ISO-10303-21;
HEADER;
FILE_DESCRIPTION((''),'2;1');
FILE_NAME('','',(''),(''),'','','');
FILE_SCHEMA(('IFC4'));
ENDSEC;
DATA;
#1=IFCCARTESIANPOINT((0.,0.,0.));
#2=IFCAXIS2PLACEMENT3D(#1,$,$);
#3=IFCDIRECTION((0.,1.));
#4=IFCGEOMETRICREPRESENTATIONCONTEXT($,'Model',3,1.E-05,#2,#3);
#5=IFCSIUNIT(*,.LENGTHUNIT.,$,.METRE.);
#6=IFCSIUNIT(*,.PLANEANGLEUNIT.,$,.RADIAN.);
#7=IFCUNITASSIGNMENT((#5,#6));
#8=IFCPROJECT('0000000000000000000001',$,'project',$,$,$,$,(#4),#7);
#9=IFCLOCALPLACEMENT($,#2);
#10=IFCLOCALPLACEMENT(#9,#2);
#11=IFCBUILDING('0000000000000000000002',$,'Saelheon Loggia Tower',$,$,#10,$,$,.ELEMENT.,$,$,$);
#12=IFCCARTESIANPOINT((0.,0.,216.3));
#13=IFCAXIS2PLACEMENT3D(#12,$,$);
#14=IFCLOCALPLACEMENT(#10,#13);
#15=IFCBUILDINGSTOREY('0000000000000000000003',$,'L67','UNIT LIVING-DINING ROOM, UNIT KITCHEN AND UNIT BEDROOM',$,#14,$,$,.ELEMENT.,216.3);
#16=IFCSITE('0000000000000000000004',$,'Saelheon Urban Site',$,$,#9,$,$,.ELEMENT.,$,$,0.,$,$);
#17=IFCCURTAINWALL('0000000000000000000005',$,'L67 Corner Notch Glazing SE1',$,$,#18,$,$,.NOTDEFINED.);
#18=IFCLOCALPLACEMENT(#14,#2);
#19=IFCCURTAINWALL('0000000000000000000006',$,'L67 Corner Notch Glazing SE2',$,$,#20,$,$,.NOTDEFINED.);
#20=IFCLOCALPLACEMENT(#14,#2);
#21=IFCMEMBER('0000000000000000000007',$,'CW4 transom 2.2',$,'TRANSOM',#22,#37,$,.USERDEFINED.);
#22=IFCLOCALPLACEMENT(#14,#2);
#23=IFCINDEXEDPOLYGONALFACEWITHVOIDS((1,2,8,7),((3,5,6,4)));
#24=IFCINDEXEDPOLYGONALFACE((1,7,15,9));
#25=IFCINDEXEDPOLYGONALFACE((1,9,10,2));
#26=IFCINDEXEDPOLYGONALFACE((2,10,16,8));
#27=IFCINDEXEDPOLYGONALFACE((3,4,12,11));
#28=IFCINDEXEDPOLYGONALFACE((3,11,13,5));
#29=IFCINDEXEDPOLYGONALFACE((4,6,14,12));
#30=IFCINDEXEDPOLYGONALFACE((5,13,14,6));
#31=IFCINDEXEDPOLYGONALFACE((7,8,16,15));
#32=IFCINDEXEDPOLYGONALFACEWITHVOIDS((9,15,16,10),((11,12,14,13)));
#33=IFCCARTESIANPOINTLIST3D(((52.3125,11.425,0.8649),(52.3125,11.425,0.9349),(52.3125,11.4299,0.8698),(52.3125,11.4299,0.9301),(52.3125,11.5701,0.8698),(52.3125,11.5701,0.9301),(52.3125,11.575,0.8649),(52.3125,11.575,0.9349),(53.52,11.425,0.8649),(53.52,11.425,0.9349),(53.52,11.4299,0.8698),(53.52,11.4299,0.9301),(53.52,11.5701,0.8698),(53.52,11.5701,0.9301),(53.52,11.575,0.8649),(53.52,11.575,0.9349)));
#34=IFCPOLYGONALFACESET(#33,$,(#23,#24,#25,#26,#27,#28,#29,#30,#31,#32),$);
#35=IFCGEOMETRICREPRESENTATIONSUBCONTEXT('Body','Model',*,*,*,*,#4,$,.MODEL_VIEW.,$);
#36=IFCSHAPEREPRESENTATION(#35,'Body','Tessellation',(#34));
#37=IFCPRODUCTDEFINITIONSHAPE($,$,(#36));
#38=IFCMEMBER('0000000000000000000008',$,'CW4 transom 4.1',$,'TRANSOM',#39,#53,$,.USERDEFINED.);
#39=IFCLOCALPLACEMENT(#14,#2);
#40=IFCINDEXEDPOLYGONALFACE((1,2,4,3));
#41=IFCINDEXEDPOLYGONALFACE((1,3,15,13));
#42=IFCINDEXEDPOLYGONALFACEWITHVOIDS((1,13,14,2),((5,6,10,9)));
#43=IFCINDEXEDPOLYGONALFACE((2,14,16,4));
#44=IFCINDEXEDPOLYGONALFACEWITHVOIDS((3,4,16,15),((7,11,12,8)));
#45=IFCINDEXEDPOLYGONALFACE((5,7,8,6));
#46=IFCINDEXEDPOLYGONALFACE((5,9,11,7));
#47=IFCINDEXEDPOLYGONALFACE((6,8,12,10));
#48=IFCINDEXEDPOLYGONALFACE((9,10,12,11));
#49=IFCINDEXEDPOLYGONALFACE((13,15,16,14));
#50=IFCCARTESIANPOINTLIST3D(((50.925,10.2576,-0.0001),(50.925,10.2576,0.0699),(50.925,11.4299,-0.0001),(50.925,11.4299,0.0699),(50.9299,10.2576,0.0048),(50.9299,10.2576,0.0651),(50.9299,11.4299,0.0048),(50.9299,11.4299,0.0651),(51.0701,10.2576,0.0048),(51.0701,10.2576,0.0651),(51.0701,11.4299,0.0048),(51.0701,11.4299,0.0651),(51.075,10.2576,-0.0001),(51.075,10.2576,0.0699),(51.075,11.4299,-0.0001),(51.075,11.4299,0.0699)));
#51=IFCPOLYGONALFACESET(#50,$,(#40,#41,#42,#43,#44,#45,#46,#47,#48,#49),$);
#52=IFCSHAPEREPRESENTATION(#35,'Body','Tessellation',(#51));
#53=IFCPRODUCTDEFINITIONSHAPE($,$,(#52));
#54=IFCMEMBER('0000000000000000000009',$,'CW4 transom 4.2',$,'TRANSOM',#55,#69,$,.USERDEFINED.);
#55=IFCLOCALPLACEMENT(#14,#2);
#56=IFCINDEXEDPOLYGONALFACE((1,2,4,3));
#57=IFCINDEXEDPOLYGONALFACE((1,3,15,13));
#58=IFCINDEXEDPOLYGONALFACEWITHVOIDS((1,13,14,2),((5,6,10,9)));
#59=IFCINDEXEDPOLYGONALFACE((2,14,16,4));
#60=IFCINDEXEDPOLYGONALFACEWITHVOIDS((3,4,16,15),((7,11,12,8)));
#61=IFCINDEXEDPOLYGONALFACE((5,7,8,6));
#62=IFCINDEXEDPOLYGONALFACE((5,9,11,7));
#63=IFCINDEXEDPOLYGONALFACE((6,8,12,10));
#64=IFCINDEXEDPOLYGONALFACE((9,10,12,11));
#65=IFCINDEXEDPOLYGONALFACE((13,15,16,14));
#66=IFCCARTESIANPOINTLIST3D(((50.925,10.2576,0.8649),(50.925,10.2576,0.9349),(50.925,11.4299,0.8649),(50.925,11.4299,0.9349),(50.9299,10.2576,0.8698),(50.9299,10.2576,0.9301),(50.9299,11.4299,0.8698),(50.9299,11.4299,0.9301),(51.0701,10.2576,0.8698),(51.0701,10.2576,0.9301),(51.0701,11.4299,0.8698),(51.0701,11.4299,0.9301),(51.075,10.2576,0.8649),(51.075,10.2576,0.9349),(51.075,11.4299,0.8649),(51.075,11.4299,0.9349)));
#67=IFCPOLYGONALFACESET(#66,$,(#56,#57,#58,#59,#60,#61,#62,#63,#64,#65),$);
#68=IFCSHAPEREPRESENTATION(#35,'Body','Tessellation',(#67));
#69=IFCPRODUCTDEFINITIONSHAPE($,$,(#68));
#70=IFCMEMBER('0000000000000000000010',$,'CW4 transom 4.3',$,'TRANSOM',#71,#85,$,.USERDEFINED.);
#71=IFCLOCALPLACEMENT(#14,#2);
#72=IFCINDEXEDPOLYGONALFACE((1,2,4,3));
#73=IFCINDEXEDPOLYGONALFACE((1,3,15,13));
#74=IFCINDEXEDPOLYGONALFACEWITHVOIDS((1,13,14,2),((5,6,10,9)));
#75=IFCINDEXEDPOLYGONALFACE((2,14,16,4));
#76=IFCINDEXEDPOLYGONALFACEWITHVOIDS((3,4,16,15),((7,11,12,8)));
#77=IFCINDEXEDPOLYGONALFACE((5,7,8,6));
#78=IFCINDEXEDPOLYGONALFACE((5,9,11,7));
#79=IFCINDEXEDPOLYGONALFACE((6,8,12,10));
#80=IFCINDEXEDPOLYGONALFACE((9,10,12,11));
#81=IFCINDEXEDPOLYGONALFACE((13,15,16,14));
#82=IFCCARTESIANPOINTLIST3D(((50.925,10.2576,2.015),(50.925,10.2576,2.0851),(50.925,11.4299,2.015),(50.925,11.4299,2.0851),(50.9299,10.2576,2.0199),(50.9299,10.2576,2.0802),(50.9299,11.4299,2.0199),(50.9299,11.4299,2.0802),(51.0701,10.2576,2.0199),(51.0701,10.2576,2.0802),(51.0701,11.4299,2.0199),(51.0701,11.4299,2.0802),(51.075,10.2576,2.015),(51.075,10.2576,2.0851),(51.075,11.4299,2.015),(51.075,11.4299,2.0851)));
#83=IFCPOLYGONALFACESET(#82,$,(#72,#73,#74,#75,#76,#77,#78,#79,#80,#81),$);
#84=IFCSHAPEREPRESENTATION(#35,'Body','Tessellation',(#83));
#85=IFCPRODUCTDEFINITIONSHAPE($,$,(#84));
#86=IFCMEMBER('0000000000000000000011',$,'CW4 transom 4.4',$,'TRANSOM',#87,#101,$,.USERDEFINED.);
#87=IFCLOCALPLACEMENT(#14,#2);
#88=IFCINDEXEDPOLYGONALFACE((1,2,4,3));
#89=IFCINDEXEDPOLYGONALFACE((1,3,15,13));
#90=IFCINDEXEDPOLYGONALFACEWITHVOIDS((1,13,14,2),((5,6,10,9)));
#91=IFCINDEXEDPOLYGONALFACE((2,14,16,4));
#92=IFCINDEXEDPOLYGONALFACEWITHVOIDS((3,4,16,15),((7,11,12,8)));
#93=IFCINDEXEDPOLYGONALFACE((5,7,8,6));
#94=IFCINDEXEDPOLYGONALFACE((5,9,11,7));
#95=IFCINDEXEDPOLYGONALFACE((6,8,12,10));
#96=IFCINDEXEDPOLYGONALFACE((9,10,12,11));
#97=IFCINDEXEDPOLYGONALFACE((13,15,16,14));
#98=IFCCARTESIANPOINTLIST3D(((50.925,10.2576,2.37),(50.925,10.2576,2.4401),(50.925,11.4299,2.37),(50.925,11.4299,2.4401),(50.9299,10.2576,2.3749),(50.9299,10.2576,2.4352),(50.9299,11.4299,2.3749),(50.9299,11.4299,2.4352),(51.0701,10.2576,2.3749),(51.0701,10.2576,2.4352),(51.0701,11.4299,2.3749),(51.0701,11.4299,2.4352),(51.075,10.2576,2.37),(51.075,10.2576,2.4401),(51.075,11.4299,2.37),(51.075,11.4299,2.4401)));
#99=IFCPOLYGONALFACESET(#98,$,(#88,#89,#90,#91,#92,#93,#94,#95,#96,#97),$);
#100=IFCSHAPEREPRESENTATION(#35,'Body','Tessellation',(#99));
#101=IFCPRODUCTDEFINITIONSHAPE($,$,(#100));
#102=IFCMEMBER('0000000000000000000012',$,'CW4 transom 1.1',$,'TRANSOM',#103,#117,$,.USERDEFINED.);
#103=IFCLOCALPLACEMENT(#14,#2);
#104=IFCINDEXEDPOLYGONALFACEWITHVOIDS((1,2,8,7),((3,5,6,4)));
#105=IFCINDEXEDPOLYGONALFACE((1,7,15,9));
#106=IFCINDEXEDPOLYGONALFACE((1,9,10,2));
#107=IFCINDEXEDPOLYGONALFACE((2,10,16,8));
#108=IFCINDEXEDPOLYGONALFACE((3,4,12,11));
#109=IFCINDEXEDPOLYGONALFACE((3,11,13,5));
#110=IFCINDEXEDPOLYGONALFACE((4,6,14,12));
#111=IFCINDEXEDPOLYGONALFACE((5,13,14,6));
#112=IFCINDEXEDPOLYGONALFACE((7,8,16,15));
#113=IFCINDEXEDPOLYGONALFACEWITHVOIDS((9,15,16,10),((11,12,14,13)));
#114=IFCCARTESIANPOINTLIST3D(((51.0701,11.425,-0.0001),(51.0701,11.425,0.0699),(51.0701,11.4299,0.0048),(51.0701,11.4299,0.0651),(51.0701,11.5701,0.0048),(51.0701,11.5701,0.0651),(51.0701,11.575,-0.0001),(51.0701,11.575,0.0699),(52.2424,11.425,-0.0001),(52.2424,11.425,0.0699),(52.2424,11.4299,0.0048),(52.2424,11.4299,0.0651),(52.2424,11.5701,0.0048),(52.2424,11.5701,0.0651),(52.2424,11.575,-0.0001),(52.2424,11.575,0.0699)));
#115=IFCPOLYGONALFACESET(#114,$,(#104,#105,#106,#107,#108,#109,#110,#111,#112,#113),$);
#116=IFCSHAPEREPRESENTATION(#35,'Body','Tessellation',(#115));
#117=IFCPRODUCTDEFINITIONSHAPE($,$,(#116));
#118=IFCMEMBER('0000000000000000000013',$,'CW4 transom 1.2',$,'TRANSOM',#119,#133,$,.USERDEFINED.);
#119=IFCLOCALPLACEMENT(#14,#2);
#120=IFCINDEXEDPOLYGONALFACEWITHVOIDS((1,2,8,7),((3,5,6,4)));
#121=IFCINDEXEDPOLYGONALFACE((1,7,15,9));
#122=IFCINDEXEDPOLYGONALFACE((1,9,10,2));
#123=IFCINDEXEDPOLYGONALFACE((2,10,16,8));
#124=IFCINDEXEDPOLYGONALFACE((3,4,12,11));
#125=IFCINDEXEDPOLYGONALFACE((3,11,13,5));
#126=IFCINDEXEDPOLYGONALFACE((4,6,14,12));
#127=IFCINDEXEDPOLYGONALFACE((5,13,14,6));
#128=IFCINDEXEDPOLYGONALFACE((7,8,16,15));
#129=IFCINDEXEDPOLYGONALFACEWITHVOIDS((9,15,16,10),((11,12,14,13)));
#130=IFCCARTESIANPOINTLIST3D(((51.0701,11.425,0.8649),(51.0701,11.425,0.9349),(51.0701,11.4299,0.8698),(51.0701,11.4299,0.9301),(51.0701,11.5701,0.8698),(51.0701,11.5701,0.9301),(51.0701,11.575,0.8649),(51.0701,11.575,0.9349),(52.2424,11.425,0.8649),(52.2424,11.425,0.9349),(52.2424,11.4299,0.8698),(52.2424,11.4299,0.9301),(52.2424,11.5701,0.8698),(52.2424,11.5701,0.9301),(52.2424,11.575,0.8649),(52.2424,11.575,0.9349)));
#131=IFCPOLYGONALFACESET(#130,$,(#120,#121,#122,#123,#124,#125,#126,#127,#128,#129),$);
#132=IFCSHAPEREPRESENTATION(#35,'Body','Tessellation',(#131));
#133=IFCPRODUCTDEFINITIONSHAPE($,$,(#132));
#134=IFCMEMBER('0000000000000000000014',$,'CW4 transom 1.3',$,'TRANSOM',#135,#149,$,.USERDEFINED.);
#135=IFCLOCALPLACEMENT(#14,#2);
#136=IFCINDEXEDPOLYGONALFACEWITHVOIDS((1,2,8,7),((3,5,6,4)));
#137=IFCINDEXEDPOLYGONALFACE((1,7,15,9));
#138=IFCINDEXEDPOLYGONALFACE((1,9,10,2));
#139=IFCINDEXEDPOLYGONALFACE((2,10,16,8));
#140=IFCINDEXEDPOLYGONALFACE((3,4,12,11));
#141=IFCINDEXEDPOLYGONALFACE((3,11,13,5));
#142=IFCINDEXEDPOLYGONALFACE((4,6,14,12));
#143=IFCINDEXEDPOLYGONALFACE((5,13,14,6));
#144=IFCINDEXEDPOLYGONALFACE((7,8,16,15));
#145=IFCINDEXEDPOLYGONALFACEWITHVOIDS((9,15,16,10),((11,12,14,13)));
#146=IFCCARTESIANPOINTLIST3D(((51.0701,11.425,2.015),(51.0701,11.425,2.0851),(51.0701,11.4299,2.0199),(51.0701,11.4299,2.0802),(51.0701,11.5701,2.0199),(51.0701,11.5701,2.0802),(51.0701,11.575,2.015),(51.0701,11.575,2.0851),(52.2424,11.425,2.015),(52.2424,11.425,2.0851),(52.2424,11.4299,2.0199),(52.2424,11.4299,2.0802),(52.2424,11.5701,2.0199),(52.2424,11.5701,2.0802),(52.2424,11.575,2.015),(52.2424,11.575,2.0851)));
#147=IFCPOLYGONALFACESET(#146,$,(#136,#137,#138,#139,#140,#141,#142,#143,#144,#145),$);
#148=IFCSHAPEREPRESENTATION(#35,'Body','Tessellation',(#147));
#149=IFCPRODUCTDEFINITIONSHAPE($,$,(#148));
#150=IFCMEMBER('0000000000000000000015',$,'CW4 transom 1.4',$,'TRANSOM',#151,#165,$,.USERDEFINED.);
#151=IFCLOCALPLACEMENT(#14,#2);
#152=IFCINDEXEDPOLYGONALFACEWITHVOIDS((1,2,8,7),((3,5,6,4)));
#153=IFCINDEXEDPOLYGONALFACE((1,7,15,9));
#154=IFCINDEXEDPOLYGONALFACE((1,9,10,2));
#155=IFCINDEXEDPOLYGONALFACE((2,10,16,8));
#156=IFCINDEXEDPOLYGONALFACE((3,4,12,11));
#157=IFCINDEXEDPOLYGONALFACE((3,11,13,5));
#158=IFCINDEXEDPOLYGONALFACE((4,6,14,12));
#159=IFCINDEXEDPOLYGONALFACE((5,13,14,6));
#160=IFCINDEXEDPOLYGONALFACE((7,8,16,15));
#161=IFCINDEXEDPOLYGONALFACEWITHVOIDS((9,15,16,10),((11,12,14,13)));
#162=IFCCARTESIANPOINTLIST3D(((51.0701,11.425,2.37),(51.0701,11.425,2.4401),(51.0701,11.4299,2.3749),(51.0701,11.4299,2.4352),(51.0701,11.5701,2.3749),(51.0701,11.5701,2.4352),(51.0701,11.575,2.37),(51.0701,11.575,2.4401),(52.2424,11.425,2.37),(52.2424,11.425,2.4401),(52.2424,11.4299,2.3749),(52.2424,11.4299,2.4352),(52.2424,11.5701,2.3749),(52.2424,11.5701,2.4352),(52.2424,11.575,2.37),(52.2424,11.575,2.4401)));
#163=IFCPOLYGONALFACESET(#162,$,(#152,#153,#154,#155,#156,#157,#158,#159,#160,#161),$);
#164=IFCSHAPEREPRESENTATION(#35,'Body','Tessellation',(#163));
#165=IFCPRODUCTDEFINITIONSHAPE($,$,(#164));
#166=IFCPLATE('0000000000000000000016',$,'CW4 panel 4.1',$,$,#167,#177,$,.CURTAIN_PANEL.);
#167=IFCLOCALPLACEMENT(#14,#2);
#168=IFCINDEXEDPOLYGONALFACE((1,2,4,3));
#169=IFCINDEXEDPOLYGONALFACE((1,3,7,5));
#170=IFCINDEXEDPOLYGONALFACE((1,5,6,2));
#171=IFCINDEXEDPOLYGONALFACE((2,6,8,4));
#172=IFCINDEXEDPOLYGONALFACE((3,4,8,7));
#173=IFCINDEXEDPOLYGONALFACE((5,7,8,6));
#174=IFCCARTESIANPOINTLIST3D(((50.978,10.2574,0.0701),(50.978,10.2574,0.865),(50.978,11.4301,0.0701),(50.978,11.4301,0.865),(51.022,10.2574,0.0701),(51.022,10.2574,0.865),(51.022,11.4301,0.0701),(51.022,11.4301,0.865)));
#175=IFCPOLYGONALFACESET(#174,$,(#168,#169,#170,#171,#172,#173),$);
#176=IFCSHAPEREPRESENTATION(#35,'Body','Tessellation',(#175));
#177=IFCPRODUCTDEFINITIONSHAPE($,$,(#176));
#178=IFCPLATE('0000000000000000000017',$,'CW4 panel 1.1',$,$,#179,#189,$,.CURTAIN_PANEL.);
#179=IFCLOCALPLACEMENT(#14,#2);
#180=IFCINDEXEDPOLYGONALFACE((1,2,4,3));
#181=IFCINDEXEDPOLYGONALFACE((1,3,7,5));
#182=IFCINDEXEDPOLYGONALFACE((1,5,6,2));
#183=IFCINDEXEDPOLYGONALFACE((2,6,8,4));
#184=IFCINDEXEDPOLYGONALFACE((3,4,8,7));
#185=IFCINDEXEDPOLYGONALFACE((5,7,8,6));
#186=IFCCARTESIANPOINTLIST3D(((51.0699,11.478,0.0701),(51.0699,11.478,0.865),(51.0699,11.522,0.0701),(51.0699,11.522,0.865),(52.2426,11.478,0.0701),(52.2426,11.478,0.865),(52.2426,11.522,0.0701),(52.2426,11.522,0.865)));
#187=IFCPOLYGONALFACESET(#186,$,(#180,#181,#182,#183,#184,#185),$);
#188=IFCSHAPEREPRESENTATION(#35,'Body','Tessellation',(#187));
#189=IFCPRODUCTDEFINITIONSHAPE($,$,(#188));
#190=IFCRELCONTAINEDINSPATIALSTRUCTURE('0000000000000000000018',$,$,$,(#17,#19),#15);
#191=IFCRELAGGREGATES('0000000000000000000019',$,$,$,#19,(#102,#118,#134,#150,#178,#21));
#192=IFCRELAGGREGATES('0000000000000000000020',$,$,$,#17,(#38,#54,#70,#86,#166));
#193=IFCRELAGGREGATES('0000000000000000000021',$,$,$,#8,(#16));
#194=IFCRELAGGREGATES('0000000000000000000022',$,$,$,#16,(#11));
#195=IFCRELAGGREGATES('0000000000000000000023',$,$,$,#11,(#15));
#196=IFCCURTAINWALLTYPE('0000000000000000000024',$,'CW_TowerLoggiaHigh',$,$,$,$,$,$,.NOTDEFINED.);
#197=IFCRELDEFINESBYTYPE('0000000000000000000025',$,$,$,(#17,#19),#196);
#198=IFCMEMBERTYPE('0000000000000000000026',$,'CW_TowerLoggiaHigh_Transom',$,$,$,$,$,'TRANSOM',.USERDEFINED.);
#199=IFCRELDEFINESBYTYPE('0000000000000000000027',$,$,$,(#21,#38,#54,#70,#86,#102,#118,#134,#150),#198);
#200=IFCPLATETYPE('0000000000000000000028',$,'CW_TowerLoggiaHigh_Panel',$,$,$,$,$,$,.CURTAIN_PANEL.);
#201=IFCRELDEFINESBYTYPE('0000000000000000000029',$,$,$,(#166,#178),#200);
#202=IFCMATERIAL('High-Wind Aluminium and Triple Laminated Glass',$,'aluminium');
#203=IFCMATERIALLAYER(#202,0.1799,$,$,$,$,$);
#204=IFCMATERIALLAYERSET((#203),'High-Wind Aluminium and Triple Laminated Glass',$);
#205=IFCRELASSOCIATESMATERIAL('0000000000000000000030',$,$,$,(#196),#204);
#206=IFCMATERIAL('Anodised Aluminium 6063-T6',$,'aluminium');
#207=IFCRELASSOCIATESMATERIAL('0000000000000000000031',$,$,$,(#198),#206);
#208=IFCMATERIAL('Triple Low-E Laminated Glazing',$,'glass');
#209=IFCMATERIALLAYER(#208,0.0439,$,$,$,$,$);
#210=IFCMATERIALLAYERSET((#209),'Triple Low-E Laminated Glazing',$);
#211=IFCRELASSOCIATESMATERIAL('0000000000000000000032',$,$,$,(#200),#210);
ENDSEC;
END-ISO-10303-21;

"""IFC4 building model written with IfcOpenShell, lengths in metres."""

from ifc_helpers import new_model, si_unit, direction, frame, origin, origin_2d, place, context, subcontext, project, spatial, rectangle, hollow_rectangle, extrude, source, transform, mapped, material, layer, layer_set, material_profile, profile_set, type_object, element, aggregate, save


model = new_model("IFC4")

# Units and contexts
model_context = context("Model", 3, precision=1e-05, world=origin(), true_north=direction((0.0, 1.0)))
body_context = subcontext(model_context, "Body", "Model", "MODEL_VIEW")
ifc_project = project(units=[si_unit("LENGTHUNIT", "METRE"), si_unit("PLANEANGLEUNIT", "RADIAN")], contexts=[model_context])

# Site, building, storey
site_placement = place(None, origin())
site = spatial("IfcSite", under=ifc_project, at=site_placement, Name="Saelheon Urban Site", CompositionType="ELEMENT", RefElevation=0.0)
building_placement = place(site_placement, origin())
building = spatial("IfcBuilding", under=site, at=building_placement, Name="Saelheon Loggia Tower", CompositionType="ELEMENT")
storey_placement = place(building_placement, frame((0.0, 0.0, 216.3)))
storey = spatial("IfcBuildingStorey", under=building, at=storey_placement, Name="L67", Description="UNIT LIVING-DINING ROOM, UNIT KITCHEN AND UNIT BEDROOM", CompositionType="ELEMENT", Elevation=216.3)

# Curtain walls
ifc_material_1 = material(Name="High-Wind Aluminium and Triple Laminated Glass", Category="aluminium")
ifc_layer_1 = layer(ifc_material_1, 0.1799)
ifc_layer_set_1 = layer_set([ifc_layer_1], Name="High-Wind Aluminium and Triple Laminated Glass")
curtain_wall_type = type_object("IfcCurtainWallType", Name="CW_TowerLoggiaHigh", PredefinedType="NOTDEFINED", material=ifc_layer_set_1)
curtain_wall_1_placement = place(storey_placement, origin())
curtain_wall_1 = element("IfcCurtainWall", 1, at=curtain_wall_1_placement, inside=storey, type_object=curtain_wall_type, Name="L67 Corner Notch Glazing SE1", PredefinedType="NOTDEFINED")
ifc_material_2 = material(Name="Anodised Aluminium 6063-T6", Category="aluminium")
curtain_wall_2_placement = place(storey_placement, origin())
curtain_wall_2 = element("IfcCurtainWall", 2, at=curtain_wall_2_placement, inside=storey, type_object=curtain_wall_type, Name="L67 Corner Notch Glazing SE2", PredefinedType="NOTDEFINED")

# Members
ifc_material_profile_1 = material_profile(ifc_material_2, hollow_rectangle(XDim=0.0701, YDim=0.1499, WallThickness=0.0049, at=origin_2d()), Name="RHS-150x70x5")
ifc_profile_set_1 = profile_set([ifc_material_profile_1], Name="Anodised Aluminium 6063-T6")
member_type_1 = type_object("IfcMemberType", Name="CW_TowerLoggiaHigh_Transom", ElementType="TRANSOM", PredefinedType="USERDEFINED", material=ifc_profile_set_1)
shared_shape_1 = source(origin(), body_context, "Body", "SweptSolid", [
    extrude(hollow_rectangle(XDim=0.0701, YDim=0.1499, WallThickness=0.0049, at=origin_2d()), origin(), (0.0, 0.0, 1.0), 1.2075),
])
member_1_placement = place(storey_placement, frame((52.3125, 11.5, 0.8999), z_axis=(1.0, 0.0, 0.0), x_axis=(0.0, 0.0, 1.0)))
member_1 = element("IfcMember", 3, at=member_1_placement, type_object=member_type_1, Name="CW4 transom 2.2", ObjectType="TRANSOM", PredefinedType="USERDEFINED", context=body_context, shape_type="MappedRepresentation", body=[
    mapped(shared_shape_1, transform((0.0, 0.0, 0.0), scale=1.0)),
])
shared_shape_2 = source(origin(), body_context, "Body", "SweptSolid", [
    extrude(hollow_rectangle(XDim=0.0701, YDim=0.1499, WallThickness=0.0049, at=origin_2d()), origin(), (0.0, 0.0, 1.0), 1.1724),
])
member_2_placement = place(storey_placement, frame((51.0, 10.2576, 0.0349), z_axis=(0.0, 1.0, 0.0), x_axis=(0.0, 0.0, 1.0)))
member_2 = element("IfcMember", 4, at=member_2_placement, type_object=member_type_1, Name="CW4 transom 4.1", ObjectType="TRANSOM", PredefinedType="USERDEFINED", context=body_context, shape_type="MappedRepresentation", body=[
    mapped(shared_shape_2, transform((0.0, 0.0, 0.0), scale=1.0)),
])
member_3_placement = place(storey_placement, frame((51.0, 10.2576, 0.8999), z_axis=(0.0, 1.0, 0.0), x_axis=(0.0, 0.0, 1.0)))
member_3 = element("IfcMember", 5, at=member_3_placement, type_object=member_type_1, Name="CW4 transom 4.2", ObjectType="TRANSOM", PredefinedType="USERDEFINED", context=body_context, shape_type="MappedRepresentation", body=[
    mapped(shared_shape_2, transform((0.0, 0.0, 0.0), scale=1.0)),
])
member_4_placement = place(storey_placement, frame((51.0, 10.2576, 2.05), z_axis=(0.0, 1.0, 0.0), x_axis=(0.0, 0.0, 1.0)))
member_4 = element("IfcMember", 6, at=member_4_placement, type_object=member_type_1, Name="CW4 transom 4.3", ObjectType="TRANSOM", PredefinedType="USERDEFINED", context=body_context, shape_type="MappedRepresentation", body=[
    mapped(shared_shape_2, transform((0.0, 0.0, 0.0), scale=1.0)),
])
member_5_placement = place(storey_placement, frame((51.0, 10.2576, 2.405), z_axis=(0.0, 1.0, 0.0), x_axis=(0.0, 0.0, 1.0)))
member_5 = element("IfcMember", 7, at=member_5_placement, type_object=member_type_1, Name="CW4 transom 4.4", ObjectType="TRANSOM", PredefinedType="USERDEFINED", context=body_context, shape_type="MappedRepresentation", body=[
    mapped(shared_shape_2, transform((0.0, 0.0, 0.0), scale=1.0)),
])
member_6_placement = place(storey_placement, frame((51.0701, 11.5, 0.0349), z_axis=(1.0, 0.0, 0.0), x_axis=(0.0, 0.0, 1.0)))
member_6 = element("IfcMember", 8, at=member_6_placement, type_object=member_type_1, Name="CW4 transom 1.1", ObjectType="TRANSOM", PredefinedType="USERDEFINED", context=body_context, shape_type="MappedRepresentation", body=[
    mapped(shared_shape_2, transform((0.0, 0.0, 0.0), scale=1.0)),
])
member_7_placement = place(storey_placement, frame((51.0701, 11.5, 0.8999), z_axis=(1.0, 0.0, 0.0), x_axis=(0.0, 0.0, 1.0)))
member_7 = element("IfcMember", 9, at=member_7_placement, type_object=member_type_1, Name="CW4 transom 1.2", ObjectType="TRANSOM", PredefinedType="USERDEFINED", context=body_context, shape_type="MappedRepresentation", body=[
    mapped(shared_shape_2, transform((0.0, 0.0, 0.0), scale=1.0)),
])
member_8_placement = place(storey_placement, frame((51.0701, 11.5, 2.05), z_axis=(1.0, 0.0, 0.0), x_axis=(0.0, 0.0, 1.0)))
member_8 = element("IfcMember", 10, at=member_8_placement, type_object=member_type_1, Name="CW4 transom 1.3", ObjectType="TRANSOM", PredefinedType="USERDEFINED", context=body_context, shape_type="MappedRepresentation", body=[
    mapped(shared_shape_2, transform((0.0, 0.0, 0.0), scale=1.0)),
])
member_9_placement = place(storey_placement, frame((51.0701, 11.5, 2.405), z_axis=(1.0, 0.0, 0.0), x_axis=(0.0, 0.0, 1.0)))
member_9 = element("IfcMember", 11, at=member_9_placement, type_object=member_type_1, Name="CW4 transom 1.4", ObjectType="TRANSOM", PredefinedType="USERDEFINED", context=body_context, shape_type="MappedRepresentation", body=[
    mapped(shared_shape_2, transform((0.0, 0.0, 0.0), scale=1.0)),
])

# Plates
ifc_material_3 = material(Name="Triple Low-E Laminated Glazing", Category="glass")
ifc_layer_2 = layer(ifc_material_3, 0.0439)
ifc_layer_set_2 = layer_set([ifc_layer_2], Name="Triple Low-E Laminated Glazing")
plate_type = type_object("IfcPlateType", Name="CW_TowerLoggiaHigh_Panel", PredefinedType="CURTAIN_PANEL", material=ifc_layer_set_2)
shared_shape_3 = source(origin(), body_context, "Body", "SweptSolid", [
    extrude(rectangle(XDim=1.1726, YDim=0.0439, at=origin_2d()), origin(), (0.0, 0.0, 1.0), 0.7949),
])
plate_1_placement = place(storey_placement, frame((51.0, 10.8438, 0.0701), z_axis=(0.0, 0.0, 1.0), x_axis=(0.0, 1.0, 0.0)))
plate_1 = element("IfcPlate", 12, at=plate_1_placement, type_object=plate_type, Name="CW4 panel 4.1", PredefinedType="CURTAIN_PANEL", context=body_context, shape_type="MappedRepresentation", body=[
    mapped(shared_shape_3, transform((0.0, 0.0, 0.0), scale=1.0)),
])
plate_2_placement = place(storey_placement, frame((51.6562, 11.5, 0.0701), z_axis=(0.0, 0.0, 1.0), x_axis=(1.0, 0.0, 0.0)))
plate_2 = element("IfcPlate", 13, at=plate_2_placement, type_object=plate_type, Name="CW4 panel 1.1", PredefinedType="CURTAIN_PANEL", context=body_context, shape_type="MappedRepresentation", body=[
    mapped(shared_shape_3, transform((0.0, 0.0, 0.0), scale=1.0)),
])
aggregate(curtain_wall_2, [member_6, member_7, member_8, member_9, plate_2, member_1])
aggregate(curtain_wall_1, [member_2, member_3, member_4, member_5, plate_1])

save(model, "model.ifc")
